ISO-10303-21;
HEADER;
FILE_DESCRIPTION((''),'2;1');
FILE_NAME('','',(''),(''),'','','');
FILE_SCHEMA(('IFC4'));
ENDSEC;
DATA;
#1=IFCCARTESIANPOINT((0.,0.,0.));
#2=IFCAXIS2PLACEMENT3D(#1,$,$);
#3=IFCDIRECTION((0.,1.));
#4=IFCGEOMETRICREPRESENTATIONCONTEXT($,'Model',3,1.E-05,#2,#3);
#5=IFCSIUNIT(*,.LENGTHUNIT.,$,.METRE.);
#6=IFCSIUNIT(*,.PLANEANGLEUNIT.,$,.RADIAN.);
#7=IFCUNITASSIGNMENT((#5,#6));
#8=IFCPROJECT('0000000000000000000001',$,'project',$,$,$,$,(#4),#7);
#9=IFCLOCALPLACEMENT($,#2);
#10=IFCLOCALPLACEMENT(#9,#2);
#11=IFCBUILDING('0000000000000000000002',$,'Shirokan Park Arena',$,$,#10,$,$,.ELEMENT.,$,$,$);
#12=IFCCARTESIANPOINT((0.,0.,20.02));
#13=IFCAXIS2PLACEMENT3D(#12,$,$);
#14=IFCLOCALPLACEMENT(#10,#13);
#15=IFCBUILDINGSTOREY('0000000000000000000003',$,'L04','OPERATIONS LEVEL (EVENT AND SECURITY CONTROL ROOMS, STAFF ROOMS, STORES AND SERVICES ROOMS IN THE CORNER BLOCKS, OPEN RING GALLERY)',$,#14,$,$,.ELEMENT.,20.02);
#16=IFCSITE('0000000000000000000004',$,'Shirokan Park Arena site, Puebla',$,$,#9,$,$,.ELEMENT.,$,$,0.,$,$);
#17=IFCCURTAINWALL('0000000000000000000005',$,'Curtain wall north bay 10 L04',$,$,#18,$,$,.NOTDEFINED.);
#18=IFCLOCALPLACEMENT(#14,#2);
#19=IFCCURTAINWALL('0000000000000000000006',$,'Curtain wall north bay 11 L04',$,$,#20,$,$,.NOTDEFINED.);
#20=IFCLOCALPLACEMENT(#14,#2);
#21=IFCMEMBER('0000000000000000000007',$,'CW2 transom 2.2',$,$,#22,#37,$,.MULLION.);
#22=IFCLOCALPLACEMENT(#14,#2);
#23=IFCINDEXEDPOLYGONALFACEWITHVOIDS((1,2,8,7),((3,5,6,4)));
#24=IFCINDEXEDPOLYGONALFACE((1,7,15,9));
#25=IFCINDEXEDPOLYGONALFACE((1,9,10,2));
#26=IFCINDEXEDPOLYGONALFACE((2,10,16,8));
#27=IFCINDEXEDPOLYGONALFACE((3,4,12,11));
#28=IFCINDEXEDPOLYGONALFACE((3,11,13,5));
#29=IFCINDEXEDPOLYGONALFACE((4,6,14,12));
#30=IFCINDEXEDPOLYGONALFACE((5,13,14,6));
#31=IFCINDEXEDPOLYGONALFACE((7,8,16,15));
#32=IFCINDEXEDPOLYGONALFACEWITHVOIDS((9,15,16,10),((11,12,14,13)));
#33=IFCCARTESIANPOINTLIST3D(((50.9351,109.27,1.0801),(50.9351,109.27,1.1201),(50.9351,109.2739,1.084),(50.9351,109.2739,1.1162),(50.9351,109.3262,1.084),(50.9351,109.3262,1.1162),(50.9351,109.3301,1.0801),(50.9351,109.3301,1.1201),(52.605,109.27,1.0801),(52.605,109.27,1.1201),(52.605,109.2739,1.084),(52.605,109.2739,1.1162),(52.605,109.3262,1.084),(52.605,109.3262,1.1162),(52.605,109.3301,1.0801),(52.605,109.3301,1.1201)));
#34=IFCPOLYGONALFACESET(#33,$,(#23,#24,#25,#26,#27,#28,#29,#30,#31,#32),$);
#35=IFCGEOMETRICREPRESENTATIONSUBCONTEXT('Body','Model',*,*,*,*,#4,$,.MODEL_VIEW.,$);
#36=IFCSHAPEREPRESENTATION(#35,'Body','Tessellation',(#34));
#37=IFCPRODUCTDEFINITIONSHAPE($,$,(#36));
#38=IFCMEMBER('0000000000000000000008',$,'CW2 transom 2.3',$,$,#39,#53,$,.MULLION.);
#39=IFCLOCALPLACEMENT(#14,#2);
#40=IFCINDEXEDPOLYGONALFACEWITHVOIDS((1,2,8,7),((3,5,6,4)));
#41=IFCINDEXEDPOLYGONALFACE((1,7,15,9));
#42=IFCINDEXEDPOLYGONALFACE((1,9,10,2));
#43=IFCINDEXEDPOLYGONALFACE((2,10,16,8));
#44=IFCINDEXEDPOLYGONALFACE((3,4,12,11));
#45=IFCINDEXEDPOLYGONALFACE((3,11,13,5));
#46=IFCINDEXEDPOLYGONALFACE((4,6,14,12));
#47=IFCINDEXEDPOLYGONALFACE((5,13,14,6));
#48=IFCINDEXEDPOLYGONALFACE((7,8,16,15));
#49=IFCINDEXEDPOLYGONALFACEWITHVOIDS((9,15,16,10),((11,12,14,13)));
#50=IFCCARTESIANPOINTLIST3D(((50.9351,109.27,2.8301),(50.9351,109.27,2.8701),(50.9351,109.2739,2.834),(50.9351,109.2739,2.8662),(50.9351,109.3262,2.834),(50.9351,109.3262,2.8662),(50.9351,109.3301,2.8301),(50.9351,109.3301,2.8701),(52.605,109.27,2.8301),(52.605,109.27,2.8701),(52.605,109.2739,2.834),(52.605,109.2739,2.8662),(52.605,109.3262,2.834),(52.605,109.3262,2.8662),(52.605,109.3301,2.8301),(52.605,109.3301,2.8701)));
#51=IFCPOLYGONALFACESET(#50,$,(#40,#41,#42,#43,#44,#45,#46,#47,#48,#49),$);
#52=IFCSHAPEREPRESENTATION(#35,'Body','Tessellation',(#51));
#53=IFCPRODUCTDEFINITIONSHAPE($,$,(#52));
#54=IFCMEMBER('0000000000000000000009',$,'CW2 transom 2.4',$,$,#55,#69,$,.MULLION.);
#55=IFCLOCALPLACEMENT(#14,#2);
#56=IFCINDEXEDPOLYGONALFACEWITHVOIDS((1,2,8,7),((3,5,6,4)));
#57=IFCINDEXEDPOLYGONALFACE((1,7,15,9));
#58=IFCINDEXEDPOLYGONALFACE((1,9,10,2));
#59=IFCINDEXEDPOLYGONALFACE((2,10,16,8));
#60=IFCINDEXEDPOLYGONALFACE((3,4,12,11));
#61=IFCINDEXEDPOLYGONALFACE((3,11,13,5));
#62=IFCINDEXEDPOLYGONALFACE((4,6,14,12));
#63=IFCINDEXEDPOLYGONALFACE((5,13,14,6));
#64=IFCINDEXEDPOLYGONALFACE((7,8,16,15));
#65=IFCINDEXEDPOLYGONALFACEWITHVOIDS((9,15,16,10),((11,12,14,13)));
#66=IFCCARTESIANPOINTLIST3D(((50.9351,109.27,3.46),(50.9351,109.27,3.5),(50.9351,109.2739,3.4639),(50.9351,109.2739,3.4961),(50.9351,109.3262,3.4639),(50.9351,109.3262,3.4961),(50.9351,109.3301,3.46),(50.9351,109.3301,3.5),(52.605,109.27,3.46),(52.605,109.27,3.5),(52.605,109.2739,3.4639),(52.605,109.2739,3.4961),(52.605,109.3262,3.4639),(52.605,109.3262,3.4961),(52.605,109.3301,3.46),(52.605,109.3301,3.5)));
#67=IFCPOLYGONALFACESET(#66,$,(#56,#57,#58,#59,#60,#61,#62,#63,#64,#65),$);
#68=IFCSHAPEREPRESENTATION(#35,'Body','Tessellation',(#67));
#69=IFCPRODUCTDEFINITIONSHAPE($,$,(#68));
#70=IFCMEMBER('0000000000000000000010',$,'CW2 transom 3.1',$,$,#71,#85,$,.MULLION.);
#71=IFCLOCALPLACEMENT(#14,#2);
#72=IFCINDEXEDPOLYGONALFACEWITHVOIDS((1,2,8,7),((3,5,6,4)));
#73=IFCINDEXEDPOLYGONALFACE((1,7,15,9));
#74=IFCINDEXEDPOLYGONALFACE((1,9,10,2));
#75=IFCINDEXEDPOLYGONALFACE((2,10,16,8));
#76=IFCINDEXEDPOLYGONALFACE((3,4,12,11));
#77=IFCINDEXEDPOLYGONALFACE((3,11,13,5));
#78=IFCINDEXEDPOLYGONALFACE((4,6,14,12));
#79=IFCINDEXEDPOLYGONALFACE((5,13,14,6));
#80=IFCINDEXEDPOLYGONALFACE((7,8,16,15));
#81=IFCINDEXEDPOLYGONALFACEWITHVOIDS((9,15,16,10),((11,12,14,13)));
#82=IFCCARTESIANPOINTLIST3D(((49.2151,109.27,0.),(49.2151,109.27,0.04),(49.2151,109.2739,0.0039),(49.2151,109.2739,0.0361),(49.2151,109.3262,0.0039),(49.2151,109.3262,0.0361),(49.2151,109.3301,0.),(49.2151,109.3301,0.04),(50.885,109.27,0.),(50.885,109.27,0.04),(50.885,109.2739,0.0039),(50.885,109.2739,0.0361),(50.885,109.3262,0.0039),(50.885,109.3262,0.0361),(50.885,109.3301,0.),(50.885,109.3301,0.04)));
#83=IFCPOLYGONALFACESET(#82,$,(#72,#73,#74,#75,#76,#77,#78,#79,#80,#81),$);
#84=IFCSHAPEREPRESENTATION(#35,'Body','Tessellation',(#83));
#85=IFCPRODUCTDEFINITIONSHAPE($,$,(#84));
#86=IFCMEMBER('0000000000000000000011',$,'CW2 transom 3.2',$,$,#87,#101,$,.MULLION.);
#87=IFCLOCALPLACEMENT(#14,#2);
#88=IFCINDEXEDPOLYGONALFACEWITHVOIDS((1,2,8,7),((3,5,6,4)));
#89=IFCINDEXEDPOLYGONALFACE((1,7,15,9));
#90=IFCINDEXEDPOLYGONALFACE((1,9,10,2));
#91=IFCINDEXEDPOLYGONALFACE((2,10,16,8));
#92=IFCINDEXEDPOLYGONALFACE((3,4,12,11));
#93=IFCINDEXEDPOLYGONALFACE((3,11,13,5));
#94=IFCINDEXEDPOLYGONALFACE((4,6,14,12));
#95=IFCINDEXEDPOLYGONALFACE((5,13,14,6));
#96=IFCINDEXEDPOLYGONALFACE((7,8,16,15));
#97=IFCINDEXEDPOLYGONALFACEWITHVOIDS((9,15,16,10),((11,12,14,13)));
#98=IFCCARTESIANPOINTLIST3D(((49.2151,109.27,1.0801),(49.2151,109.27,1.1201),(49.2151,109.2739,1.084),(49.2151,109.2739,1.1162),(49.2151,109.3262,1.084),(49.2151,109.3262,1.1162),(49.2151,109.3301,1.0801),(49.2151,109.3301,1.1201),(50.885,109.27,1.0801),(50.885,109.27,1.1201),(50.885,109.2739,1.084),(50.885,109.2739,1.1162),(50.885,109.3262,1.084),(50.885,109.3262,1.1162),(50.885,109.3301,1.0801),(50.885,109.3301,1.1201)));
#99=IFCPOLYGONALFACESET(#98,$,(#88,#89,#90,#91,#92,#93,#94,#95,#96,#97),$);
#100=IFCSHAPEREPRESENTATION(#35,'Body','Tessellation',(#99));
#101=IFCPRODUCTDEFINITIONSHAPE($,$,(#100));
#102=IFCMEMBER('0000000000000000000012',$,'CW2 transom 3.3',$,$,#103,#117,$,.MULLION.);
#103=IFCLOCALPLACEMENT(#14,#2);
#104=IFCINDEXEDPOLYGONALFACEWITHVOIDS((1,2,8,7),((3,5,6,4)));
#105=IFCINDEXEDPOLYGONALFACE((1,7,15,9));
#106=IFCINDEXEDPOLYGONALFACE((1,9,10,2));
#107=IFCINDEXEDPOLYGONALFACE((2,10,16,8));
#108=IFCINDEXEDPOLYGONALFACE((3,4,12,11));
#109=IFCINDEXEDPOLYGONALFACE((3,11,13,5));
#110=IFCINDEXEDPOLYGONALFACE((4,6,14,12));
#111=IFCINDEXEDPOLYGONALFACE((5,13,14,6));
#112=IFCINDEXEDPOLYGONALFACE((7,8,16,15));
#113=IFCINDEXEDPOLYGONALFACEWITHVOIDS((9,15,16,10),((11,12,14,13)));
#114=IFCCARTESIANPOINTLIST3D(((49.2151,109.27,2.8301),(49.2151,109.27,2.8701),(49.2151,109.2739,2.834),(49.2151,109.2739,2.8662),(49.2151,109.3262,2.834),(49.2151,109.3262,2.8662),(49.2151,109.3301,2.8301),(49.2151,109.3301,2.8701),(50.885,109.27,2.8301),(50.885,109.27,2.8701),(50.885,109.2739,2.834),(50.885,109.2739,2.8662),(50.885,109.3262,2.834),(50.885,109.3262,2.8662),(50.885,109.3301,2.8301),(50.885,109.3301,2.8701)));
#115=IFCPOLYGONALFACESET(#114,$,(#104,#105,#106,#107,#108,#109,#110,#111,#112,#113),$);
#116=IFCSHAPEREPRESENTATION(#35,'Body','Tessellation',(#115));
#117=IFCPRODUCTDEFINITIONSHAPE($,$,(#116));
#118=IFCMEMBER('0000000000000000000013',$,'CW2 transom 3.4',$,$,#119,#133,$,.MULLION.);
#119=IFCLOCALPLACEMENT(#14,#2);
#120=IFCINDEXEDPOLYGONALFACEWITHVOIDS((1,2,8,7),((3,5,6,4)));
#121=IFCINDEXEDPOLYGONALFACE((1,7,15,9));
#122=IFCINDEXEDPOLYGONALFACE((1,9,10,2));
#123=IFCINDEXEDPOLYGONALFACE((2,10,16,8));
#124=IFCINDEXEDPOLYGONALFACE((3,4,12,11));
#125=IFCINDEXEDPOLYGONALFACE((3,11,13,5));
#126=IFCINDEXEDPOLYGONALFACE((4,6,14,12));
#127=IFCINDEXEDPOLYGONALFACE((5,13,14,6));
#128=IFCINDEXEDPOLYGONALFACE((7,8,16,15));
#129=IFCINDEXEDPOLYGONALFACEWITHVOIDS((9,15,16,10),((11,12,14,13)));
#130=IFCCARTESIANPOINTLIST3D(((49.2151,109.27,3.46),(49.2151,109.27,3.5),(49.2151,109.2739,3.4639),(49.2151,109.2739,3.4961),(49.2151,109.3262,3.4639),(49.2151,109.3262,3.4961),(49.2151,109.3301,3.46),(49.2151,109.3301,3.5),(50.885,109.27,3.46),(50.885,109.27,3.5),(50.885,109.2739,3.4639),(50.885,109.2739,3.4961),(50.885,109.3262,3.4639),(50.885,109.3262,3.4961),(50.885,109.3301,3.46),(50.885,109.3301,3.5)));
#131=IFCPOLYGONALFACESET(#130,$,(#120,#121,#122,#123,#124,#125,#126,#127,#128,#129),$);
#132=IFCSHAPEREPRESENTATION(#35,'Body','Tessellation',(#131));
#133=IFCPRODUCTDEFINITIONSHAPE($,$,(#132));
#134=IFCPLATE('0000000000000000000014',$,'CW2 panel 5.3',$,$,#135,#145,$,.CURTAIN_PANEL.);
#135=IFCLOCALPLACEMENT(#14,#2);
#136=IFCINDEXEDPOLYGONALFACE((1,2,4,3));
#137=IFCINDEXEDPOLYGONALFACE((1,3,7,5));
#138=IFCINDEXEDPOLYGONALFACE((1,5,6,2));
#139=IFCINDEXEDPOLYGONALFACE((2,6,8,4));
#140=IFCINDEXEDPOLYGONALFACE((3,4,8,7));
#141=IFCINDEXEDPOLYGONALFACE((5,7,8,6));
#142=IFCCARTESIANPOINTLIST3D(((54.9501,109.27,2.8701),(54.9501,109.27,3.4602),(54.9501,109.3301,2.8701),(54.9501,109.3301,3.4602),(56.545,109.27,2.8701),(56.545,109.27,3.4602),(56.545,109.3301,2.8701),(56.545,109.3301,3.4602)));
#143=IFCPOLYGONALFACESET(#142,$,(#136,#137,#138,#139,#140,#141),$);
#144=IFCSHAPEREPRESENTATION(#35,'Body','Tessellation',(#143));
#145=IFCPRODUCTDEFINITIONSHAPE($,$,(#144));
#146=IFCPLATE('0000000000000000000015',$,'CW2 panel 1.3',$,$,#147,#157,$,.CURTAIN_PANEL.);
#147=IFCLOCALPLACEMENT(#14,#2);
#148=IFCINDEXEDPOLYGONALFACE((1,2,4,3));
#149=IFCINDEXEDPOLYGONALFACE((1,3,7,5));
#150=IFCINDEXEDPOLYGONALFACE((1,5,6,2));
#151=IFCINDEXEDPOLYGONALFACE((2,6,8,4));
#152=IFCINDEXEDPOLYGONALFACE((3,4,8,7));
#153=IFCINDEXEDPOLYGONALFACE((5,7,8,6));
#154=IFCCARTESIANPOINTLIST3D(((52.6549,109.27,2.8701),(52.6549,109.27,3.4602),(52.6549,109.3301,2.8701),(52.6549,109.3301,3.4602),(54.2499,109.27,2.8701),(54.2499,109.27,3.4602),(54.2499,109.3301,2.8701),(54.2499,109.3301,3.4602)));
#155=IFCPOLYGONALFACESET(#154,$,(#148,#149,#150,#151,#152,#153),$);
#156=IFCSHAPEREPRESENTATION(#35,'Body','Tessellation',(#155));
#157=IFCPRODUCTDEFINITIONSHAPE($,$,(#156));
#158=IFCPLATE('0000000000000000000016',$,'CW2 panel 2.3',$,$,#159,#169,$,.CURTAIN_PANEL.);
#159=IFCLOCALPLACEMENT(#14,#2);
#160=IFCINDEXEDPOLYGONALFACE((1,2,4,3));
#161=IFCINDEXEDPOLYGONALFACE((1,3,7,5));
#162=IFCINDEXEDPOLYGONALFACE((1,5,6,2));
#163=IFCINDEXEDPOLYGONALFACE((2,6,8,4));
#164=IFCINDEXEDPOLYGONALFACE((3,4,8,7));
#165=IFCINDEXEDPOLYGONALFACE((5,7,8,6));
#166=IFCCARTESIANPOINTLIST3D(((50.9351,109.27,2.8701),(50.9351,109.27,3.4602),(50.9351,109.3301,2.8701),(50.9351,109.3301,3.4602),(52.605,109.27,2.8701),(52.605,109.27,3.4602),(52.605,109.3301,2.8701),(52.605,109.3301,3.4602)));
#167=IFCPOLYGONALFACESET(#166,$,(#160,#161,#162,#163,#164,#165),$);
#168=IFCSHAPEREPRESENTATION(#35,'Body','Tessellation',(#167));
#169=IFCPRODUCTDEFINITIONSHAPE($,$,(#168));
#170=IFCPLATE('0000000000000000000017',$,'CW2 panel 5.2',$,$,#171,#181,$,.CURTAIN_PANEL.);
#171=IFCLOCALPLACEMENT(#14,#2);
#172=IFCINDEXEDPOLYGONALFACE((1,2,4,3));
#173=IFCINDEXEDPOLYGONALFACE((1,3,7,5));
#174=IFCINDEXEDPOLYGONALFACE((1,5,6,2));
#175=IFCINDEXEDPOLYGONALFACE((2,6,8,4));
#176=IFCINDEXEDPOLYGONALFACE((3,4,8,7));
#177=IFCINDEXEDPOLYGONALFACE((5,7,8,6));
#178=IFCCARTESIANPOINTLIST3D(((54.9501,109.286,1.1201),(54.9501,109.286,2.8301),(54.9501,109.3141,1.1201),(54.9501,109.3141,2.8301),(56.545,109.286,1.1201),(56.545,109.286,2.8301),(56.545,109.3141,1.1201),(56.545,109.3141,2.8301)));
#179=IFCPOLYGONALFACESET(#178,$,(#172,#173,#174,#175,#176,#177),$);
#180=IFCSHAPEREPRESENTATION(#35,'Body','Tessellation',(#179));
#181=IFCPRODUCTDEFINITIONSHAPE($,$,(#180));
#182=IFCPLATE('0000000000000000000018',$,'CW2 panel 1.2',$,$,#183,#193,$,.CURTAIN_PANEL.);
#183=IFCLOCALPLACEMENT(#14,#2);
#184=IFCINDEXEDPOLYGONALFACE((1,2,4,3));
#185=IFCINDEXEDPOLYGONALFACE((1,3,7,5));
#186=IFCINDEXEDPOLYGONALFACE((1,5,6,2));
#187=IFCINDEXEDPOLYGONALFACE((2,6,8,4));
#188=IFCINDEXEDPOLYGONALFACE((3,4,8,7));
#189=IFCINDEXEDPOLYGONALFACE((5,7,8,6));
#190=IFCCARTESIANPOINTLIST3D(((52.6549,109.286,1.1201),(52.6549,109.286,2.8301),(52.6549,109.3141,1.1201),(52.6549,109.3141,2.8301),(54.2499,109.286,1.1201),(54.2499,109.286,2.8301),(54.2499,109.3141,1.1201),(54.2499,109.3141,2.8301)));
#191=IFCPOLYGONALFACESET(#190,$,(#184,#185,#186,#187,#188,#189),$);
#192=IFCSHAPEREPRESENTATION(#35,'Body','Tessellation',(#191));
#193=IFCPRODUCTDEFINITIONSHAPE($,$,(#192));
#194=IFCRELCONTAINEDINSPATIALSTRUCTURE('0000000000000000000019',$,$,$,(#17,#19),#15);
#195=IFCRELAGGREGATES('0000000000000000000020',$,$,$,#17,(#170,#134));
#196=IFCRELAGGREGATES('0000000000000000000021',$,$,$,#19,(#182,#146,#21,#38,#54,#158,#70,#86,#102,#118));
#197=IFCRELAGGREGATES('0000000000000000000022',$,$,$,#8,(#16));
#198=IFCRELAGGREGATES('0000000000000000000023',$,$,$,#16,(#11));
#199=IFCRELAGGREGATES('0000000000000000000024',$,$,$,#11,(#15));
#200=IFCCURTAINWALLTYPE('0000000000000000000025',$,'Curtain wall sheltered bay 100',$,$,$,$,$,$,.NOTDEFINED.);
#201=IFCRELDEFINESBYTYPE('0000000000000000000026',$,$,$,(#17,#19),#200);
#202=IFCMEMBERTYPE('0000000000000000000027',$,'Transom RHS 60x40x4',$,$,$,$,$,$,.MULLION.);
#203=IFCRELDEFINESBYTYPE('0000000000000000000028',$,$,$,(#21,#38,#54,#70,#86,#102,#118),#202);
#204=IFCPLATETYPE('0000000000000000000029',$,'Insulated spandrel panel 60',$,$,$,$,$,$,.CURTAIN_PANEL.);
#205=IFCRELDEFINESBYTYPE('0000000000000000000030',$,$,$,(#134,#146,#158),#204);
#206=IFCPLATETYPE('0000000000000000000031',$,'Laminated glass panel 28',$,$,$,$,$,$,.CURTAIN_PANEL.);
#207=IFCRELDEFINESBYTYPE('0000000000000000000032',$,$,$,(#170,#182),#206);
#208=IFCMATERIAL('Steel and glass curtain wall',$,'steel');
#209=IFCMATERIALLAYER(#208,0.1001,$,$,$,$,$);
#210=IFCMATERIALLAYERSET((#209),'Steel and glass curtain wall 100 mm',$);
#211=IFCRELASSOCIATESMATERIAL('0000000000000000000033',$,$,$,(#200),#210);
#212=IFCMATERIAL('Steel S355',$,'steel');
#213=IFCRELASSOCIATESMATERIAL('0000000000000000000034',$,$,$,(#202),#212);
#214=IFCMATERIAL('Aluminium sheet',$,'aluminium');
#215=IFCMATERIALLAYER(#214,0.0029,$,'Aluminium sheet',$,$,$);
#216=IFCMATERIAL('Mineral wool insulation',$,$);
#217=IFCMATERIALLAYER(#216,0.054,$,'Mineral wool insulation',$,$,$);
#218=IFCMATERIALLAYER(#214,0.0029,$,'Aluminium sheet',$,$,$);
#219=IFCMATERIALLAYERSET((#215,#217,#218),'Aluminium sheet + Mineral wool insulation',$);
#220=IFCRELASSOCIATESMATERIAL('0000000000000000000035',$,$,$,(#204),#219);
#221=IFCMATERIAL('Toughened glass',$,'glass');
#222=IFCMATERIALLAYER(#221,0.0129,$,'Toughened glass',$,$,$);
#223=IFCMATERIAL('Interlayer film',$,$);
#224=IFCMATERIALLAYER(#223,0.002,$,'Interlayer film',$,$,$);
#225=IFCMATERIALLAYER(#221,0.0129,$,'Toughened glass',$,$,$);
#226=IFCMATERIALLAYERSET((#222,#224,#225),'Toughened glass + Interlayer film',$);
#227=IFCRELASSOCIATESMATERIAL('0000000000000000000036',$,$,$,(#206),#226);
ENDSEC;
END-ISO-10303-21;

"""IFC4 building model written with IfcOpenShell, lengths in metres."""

from ifc_helpers import new_model, si_unit, direction, frame, origin, origin_2d, place, context, subcontext, project, spatial, rectangle, hollow_rectangle, extrude, material, layer, layer_set, material_profile, profile_set, type_object, element, aggregate, save


model = new_model("IFC4")

# Units and contexts
model_context = context("Model", 3, precision=1e-05, world=origin(), true_north=direction((0.0, 1.0)))
body_context = subcontext(model_context, "Body", "Model", "MODEL_VIEW")
ifc_project = project(units=[si_unit("LENGTHUNIT", "METRE"), si_unit("PLANEANGLEUNIT", "RADIAN")], contexts=[model_context])

# Site, building, storey
site_placement = place(None, origin())
site = spatial("IfcSite", under=ifc_project, at=site_placement, Name="Shirokan Park Arena site, Puebla", CompositionType="ELEMENT", RefElevation=0.0)
building_placement = place(site_placement, origin())
building = spatial("IfcBuilding", under=site, at=building_placement, Name="Shirokan Park Arena", CompositionType="ELEMENT")
storey_placement = place(building_placement, frame((0.0, 0.0, 20.02)))
storey = spatial("IfcBuildingStorey", under=building, at=storey_placement, Name="L04", Description="OPERATIONS LEVEL (EVENT AND SECURITY CONTROL ROOMS, STAFF ROOMS, STORES AND SERVICES ROOMS IN THE CORNER BLOCKS, OPEN RING GALLERY)", CompositionType="ELEMENT", Elevation=20.02)

# Curtain wall
ifc_material_1 = material(Name="Steel and glass curtain wall", Category="steel")
ifc_layer_1 = layer(ifc_material_1, 0.1001)
ifc_layer_set_1 = layer_set([ifc_layer_1], Name="Steel and glass curtain wall 100 mm")
curtain_wall_type = type_object("IfcCurtainWallType", Name="Curtain wall sheltered bay 100", PredefinedType="NOTDEFINED", material=ifc_layer_set_1)
curtain_wall_1_placement = place(storey_placement, origin())
curtain_wall_1 = element("IfcCurtainWall", 1, at=curtain_wall_1_placement, inside=storey, type_object=curtain_wall_type, Name="Curtain wall north bay 10 L04", PredefinedType="NOTDEFINED")
ifc_material_2 = material(Name="Steel S355", Category="steel")

# Curtain wall
curtain_wall_2_placement = place(storey_placement, origin())
curtain_wall_2 = element("IfcCurtainWall", 2, at=curtain_wall_2_placement, inside=storey, type_object=curtain_wall_type, Name="Curtain wall north bay 11 L04", PredefinedType="NOTDEFINED")

# Members
ifc_material_profile_1 = material_profile(ifc_material_2, hollow_rectangle(XDim=0.0601, YDim=0.04, WallThickness=0.0039, at=origin_2d()), Name="RHS 60x40x4")
ifc_profile_set_1 = profile_set([ifc_material_profile_1], Name="Steel S355")
member_type_1 = type_object("IfcMemberType", Name="Transom RHS 60x40x4", PredefinedType="MULLION", material=ifc_profile_set_1)
member_1_placement = place(storey_placement, frame((52.605, 109.3, 1.1001), z_axis=(-1.0, 0.0, 0.0), x_axis=(0.0, -1.0, 0.0)))
member_1 = element("IfcMember", 3, at=member_1_placement, type_object=member_type_1, Name="CW2 transom 2.2", PredefinedType="MULLION", context=body_context, shape_type="SweptSolid", body=[
    extrude(hollow_rectangle(XDim=0.0601, YDim=0.04, WallThickness=0.0039, at=origin_2d()), origin(), (0.0, 0.0, 1.0), 1.6699),
])
member_2_placement = place(storey_placement, frame((52.605, 109.3, 2.8501), z_axis=(-1.0, 0.0, 0.0), x_axis=(0.0, -1.0, 0.0)))
member_2 = element("IfcMember", 4, at=member_2_placement, type_object=member_type_1, Name="CW2 transom 2.3", PredefinedType="MULLION", context=body_context, shape_type="SweptSolid", body=[
    extrude(hollow_rectangle(XDim=0.0601, YDim=0.04, WallThickness=0.0039, at=origin_2d()), origin(), (0.0, 0.0, 1.0), 1.6699),
])
member_3_placement = place(storey_placement, frame((52.605, 109.3, 3.48), z_axis=(-1.0, 0.0, 0.0), x_axis=(0.0, -1.0, 0.0)))
member_3 = element("IfcMember", 5, at=member_3_placement, type_object=member_type_1, Name="CW2 transom 2.4", PredefinedType="MULLION", context=body_context, shape_type="SweptSolid", body=[
    extrude(hollow_rectangle(XDim=0.0601, YDim=0.04, WallThickness=0.0039, at=origin_2d()), origin(), (0.0, 0.0, 1.0), 1.6699),
])
member_4_placement = place(storey_placement, frame((50.885, 109.3, 0.02), z_axis=(-1.0, 0.0, 0.0), x_axis=(0.0, -1.0, 0.0)))
member_4 = element("IfcMember", 6, at=member_4_placement, type_object=member_type_1, Name="CW2 transom 3.1", PredefinedType="MULLION", context=body_context, shape_type="SweptSolid", body=[
    extrude(hollow_rectangle(XDim=0.0601, YDim=0.04, WallThickness=0.0039, at=origin_2d()), origin(), (0.0, 0.0, 1.0), 1.6699),
])
member_5_placement = place(storey_placement, frame((50.885, 109.3, 1.1001), z_axis=(-1.0, 0.0, 0.0), x_axis=(0.0, -1.0, 0.0)))
member_5 = element("IfcMember", 7, at=member_5_placement, type_object=member_type_1, Name="CW2 transom 3.2", PredefinedType="MULLION", context=body_context, shape_type="SweptSolid", body=[
    extrude(hollow_rectangle(XDim=0.0601, YDim=0.04, WallThickness=0.0039, at=origin_2d()), origin(), (0.0, 0.0, 1.0), 1.6699),
])
member_6_placement = place(storey_placement, frame((50.885, 109.3, 2.8501), z_axis=(-1.0, 0.0, 0.0), x_axis=(0.0, -1.0, 0.0)))
member_6 = element("IfcMember", 8, at=member_6_placement, type_object=member_type_1, Name="CW2 transom 3.3", PredefinedType="MULLION", context=body_context, shape_type="SweptSolid", body=[
    extrude(hollow_rectangle(XDim=0.0601, YDim=0.04, WallThickness=0.0039, at=origin_2d()), origin(), (0.0, 0.0, 1.0), 1.6699),
])
member_7_placement = place(storey_placement, frame((50.885, 109.3, 3.48), z_axis=(-1.0, 0.0, 0.0), x_axis=(0.0, -1.0, 0.0)))
member_7 = element("IfcMember", 9, at=member_7_placement, type_object=member_type_1, Name="CW2 transom 3.4", PredefinedType="MULLION", context=body_context, shape_type="SweptSolid", body=[
    extrude(hollow_rectangle(XDim=0.0601, YDim=0.04, WallThickness=0.0039, at=origin_2d()), origin(), (0.0, 0.0, 1.0), 1.6699),
])

# Plates
ifc_material_3 = material(Name="Aluminium sheet", Category="aluminium")
ifc_layer_2 = layer(ifc_material_3, 0.0029, Name="Aluminium sheet")
ifc_material_4 = material(Name="Mineral wool insulation")
ifc_layer_3 = layer(ifc_material_4, 0.054, Name="Mineral wool insulation")
ifc_layer_4 = layer(ifc_material_3, 0.0029, Name="Aluminium sheet")
ifc_layer_set_2 = layer_set([ifc_layer_2, ifc_layer_3, ifc_layer_4], Name="Aluminium sheet + Mineral wool insulation")
plate_type_1 = type_object("IfcPlateType", Name="Insulated spandrel panel 60", PredefinedType="CURTAIN_PANEL", material=ifc_layer_set_2)
plate_1_placement = place(storey_placement, frame((55.7476, 109.3, 2.8701), z_axis=(0.0, 0.0, 1.0), x_axis=(-1.0, 0.0, 0.0)))
plate_1 = element("IfcPlate", 10, at=plate_1_placement, type_object=plate_type_1, Name="CW2 panel 5.3", PredefinedType="CURTAIN_PANEL", context=body_context, shape_type="SweptSolid", body=[
    extrude(rectangle(XDim=1.595, YDim=0.0601, at=origin_2d()), origin(), (0.0, 0.0, 1.0), 0.5901),
])
plate_2_placement = place(storey_placement, frame((53.4524, 109.3, 2.8701), z_axis=(0.0, 0.0, 1.0), x_axis=(-1.0, 0.0, 0.0)))
plate_2 = element("IfcPlate", 11, at=plate_2_placement, type_object=plate_type_1, Name="CW2 panel 1.3", PredefinedType="CURTAIN_PANEL", context=body_context, shape_type="SweptSolid", body=[
    extrude(rectangle(XDim=1.595, YDim=0.0601, at=origin_2d()), origin(), (0.0, 0.0, 1.0), 0.5901),
])
plate_3_placement = place(storey_placement, frame((51.77, 109.3, 2.8701), z_axis=(0.0, 0.0, 1.0), x_axis=(-1.0, 0.0, 0.0)))
plate_3 = element("IfcPlate", 12, at=plate_3_placement, type_object=plate_type_1, Name="CW2 panel 2.3", PredefinedType="CURTAIN_PANEL", context=body_context, shape_type="SweptSolid", body=[
    extrude(rectangle(XDim=1.6699, YDim=0.0601, at=origin_2d()), origin(), (0.0, 0.0, 1.0), 0.5901),
])
ifc_material_5 = material(Name="Toughened glass", Category="glass")
ifc_layer_5 = layer(ifc_material_5, 0.0129, Name="Toughened glass")
ifc_material_6 = material(Name="Interlayer film")
ifc_layer_6 = layer(ifc_material_6, 0.002, Name="Interlayer film")
ifc_layer_7 = layer(ifc_material_5, 0.0129, Name="Toughened glass")
ifc_layer_set_3 = layer_set([ifc_layer_5, ifc_layer_6, ifc_layer_7], Name="Toughened glass + Interlayer film")
plate_type_2 = type_object("IfcPlateType", Name="Laminated glass panel 28", PredefinedType="CURTAIN_PANEL", material=ifc_layer_set_3)
plate_4_placement = place(storey_placement, frame((55.7476, 109.3, 1.1201), z_axis=(0.0, 0.0, 1.0), x_axis=(-1.0, 0.0, 0.0)))
plate_4 = element("IfcPlate", 13, at=plate_4_placement, type_object=plate_type_2, Name="CW2 panel 5.2", PredefinedType="CURTAIN_PANEL", context=body_context, shape_type="SweptSolid", body=[
    extrude(rectangle(XDim=1.595, YDim=0.0281, at=origin_2d()), origin(), (0.0, 0.0, 1.0), 1.71),
])
plate_5_placement = place(storey_placement, frame((53.4524, 109.3, 1.1201), z_axis=(0.0, 0.0, 1.0), x_axis=(-1.0, 0.0, 0.0)))
plate_5 = element("IfcPlate", 14, at=plate_5_placement, type_object=plate_type_2, Name="CW2 panel 1.2", PredefinedType="CURTAIN_PANEL", context=body_context, shape_type="SweptSolid", body=[
    extrude(rectangle(XDim=1.595, YDim=0.0281, at=origin_2d()), origin(), (0.0, 0.0, 1.0), 1.71),
])
aggregate(curtain_wall_1, [plate_4, plate_1])
aggregate(curtain_wall_2, [plate_5, plate_2, member_1, member_2, member_3, plate_3, member_4, member_5, member_6, member_7])

save(model, "model.ifc")
